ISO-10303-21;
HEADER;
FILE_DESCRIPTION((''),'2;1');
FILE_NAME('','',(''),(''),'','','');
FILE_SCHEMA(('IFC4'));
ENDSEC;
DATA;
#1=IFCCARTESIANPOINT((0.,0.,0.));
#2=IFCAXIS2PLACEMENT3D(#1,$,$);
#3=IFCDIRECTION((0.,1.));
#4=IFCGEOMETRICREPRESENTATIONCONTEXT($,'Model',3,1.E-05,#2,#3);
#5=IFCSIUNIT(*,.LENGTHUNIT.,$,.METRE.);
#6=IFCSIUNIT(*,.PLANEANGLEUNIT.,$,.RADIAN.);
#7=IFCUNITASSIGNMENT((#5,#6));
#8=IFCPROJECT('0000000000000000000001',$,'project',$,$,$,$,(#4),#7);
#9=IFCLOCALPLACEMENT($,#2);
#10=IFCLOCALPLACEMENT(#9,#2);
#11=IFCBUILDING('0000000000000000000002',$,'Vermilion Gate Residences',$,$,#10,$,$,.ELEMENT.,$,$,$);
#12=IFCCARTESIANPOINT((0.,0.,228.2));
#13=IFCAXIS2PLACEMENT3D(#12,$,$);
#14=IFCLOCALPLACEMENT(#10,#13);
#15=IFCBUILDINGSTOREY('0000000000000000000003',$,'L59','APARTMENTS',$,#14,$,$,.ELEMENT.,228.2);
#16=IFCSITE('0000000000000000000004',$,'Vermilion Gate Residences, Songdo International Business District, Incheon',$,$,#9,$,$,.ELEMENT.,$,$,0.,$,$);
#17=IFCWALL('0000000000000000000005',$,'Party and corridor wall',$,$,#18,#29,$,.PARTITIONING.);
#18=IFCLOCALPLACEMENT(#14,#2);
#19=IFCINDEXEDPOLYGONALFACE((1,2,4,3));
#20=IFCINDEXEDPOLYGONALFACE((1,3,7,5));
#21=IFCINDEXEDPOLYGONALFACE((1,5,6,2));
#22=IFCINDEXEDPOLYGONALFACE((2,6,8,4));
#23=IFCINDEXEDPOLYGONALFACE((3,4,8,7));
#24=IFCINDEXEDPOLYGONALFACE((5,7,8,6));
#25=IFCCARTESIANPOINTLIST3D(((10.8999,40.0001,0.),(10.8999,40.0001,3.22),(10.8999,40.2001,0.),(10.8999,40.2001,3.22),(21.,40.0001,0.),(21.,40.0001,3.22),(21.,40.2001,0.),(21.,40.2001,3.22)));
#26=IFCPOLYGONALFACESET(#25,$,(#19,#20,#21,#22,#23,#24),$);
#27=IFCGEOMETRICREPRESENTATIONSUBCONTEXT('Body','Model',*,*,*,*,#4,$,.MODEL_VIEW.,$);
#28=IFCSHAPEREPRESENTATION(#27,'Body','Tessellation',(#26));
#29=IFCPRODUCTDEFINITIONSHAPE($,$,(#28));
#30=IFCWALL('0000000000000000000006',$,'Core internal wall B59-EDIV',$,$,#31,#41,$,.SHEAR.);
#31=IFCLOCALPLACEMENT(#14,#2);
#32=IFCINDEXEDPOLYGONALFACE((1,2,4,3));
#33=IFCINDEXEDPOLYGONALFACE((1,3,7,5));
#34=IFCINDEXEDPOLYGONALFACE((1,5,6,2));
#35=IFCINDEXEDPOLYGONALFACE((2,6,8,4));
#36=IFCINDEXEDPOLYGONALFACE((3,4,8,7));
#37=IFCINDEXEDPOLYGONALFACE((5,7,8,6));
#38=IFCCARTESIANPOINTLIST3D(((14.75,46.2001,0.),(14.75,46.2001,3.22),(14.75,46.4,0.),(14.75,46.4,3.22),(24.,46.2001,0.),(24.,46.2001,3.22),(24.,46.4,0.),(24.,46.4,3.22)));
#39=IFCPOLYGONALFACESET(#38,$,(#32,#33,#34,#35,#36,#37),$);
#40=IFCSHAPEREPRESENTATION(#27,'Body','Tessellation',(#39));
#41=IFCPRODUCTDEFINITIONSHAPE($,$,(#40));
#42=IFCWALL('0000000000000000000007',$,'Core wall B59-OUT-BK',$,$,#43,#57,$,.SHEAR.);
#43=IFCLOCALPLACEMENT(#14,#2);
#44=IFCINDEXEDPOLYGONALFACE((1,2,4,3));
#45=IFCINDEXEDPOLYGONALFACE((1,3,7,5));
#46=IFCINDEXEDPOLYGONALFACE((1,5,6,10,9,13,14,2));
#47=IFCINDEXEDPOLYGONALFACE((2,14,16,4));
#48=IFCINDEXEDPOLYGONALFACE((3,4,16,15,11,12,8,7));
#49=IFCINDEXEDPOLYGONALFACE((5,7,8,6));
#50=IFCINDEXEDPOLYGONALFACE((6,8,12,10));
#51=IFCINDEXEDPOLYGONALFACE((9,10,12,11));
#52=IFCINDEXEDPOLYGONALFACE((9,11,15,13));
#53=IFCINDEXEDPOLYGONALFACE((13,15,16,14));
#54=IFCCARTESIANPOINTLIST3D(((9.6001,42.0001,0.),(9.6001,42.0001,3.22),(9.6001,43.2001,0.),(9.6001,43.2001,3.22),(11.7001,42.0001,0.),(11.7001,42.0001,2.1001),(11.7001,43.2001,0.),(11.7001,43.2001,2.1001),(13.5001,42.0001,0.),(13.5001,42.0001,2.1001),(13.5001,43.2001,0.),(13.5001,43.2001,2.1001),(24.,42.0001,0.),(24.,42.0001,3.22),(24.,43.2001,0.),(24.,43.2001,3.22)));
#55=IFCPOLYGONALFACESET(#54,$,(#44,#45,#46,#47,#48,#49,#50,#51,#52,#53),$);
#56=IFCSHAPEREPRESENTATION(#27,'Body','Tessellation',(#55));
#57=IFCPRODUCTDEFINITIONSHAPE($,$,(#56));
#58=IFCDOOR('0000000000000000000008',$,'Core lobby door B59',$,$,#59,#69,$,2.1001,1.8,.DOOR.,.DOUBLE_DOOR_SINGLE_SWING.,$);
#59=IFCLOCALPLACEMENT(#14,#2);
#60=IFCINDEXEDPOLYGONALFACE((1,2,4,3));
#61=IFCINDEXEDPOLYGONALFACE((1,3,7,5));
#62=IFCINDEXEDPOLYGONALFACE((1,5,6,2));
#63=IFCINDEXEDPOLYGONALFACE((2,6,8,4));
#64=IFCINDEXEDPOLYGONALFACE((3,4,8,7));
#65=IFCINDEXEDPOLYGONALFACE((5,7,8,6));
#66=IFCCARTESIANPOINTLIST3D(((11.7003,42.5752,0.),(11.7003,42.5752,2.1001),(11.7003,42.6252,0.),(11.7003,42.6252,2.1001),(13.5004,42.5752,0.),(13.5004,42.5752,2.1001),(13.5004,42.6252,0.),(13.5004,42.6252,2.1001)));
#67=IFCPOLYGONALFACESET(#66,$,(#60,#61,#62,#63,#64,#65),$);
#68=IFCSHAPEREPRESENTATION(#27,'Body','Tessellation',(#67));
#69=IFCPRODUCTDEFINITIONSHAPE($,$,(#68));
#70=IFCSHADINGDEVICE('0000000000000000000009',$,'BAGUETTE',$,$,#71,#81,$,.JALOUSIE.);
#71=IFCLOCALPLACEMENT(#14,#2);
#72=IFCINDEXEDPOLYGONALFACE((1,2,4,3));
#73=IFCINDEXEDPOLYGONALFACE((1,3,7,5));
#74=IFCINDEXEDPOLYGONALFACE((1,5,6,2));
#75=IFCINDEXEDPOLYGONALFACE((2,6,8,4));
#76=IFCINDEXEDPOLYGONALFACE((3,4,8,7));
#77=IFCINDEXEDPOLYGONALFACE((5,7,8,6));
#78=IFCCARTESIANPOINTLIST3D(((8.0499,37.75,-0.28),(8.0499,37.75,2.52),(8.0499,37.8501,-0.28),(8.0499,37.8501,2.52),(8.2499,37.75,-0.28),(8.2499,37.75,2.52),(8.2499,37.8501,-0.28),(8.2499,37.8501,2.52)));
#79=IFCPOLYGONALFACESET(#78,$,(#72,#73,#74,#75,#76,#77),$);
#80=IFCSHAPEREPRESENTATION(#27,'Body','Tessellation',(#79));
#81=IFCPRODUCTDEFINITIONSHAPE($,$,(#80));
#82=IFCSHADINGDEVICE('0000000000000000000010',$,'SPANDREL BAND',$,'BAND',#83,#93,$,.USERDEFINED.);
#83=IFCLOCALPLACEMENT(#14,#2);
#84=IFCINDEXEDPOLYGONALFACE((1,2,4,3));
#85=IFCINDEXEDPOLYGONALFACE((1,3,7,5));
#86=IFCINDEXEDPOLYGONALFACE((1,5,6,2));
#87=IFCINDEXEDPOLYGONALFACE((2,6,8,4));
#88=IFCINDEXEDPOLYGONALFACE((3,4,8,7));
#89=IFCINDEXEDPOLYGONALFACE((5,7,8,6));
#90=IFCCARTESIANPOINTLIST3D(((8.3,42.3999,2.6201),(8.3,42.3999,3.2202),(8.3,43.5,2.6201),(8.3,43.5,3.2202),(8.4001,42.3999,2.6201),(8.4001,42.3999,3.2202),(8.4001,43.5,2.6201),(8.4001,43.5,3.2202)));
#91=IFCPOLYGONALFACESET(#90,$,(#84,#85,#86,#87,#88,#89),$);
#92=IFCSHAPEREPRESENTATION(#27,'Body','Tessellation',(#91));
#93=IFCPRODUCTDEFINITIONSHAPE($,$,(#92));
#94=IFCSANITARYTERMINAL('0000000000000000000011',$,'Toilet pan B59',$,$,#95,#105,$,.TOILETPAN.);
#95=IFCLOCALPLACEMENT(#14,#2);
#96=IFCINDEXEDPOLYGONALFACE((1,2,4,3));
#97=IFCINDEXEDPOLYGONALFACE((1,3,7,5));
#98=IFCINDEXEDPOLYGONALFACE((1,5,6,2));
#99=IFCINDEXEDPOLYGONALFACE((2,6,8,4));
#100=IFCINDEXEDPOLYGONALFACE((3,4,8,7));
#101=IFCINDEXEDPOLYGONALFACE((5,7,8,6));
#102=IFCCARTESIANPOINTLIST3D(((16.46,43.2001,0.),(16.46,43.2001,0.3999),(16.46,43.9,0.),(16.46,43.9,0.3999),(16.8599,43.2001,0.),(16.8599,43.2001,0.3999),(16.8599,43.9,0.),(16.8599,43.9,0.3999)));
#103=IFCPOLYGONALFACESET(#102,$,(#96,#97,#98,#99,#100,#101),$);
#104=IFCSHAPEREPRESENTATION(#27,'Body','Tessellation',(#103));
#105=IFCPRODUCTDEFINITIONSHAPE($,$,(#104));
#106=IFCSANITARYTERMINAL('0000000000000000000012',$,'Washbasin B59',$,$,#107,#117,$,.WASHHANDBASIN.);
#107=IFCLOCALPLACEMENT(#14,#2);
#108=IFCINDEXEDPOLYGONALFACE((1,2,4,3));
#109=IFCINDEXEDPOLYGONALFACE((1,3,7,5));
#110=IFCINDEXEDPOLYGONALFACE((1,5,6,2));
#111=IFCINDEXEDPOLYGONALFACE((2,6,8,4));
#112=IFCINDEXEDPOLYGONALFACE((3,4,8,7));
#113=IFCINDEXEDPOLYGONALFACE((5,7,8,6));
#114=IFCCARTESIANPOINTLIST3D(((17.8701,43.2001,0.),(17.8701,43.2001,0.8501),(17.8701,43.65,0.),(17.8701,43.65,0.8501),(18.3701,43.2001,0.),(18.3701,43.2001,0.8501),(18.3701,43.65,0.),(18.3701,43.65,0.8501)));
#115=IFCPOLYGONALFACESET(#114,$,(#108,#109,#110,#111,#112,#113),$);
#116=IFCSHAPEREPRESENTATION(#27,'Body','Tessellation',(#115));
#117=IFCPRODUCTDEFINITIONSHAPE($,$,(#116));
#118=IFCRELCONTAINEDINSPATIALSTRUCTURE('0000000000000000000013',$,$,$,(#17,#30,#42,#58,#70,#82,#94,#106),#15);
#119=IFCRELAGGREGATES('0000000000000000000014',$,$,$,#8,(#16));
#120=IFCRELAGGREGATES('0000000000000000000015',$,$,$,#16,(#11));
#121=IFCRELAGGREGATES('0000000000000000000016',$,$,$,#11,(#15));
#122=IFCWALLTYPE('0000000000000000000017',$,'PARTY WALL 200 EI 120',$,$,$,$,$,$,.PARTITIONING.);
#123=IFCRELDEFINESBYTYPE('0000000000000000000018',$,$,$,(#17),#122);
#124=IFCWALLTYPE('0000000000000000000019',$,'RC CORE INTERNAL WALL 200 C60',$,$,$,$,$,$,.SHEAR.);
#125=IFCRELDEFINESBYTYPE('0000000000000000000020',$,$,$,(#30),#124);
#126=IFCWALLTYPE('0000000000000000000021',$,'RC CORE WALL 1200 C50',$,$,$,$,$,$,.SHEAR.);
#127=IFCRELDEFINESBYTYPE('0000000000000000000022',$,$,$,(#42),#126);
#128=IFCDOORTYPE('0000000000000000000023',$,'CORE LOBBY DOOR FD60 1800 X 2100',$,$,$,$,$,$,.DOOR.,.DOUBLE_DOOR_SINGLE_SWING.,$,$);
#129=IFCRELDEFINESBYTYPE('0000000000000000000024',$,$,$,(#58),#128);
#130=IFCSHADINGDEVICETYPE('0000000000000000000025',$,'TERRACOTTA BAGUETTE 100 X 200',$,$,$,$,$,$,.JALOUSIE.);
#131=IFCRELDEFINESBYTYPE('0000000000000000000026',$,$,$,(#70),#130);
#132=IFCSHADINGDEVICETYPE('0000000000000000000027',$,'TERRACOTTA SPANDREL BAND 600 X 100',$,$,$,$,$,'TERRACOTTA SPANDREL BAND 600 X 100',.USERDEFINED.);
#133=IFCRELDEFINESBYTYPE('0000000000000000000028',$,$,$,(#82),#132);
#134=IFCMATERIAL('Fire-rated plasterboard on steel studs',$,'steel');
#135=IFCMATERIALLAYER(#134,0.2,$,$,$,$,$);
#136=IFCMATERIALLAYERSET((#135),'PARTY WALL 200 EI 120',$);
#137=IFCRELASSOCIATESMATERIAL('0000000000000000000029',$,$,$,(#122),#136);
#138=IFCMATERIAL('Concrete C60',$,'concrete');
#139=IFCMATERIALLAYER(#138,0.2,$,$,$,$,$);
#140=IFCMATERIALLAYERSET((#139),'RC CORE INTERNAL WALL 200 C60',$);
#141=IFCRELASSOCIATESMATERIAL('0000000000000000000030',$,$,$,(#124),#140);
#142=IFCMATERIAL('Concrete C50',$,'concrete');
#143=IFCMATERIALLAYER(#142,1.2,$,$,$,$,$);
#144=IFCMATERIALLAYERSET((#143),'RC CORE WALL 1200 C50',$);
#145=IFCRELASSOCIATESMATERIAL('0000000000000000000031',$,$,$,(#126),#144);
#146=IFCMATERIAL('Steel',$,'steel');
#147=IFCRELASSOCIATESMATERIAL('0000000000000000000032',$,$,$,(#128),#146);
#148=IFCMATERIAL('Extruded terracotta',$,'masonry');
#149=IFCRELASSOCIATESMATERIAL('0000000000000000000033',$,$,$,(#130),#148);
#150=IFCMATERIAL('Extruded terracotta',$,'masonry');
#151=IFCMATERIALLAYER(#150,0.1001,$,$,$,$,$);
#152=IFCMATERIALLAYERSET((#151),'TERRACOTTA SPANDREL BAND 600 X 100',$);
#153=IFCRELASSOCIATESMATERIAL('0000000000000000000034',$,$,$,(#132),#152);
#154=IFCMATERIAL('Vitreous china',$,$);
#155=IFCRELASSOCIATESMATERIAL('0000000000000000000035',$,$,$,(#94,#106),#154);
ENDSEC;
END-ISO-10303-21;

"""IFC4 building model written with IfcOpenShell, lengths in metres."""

from ifc_helpers import new_model, si_unit, direction, frame, frame_2d, origin, origin_2d, place, context, subcontext, project, spatial, rectangle, extrude, material, layer, layer_set, material_profile, profile_set, type_object, element, fill, save


model = new_model("IFC4")

# Units and contexts
model_context = context("Model", 3, precision=1e-05, world=origin(), true_north=direction((0.0, 1.0)))
body_context = subcontext(model_context, "Body", "Model", "MODEL_VIEW")
ifc_project = project(units=[si_unit("LENGTHUNIT", "METRE"), si_unit("PLANEANGLEUNIT", "RADIAN")], contexts=[model_context])

# Site, building, storey
site_placement = place(None, origin())
site = spatial("IfcSite", under=ifc_project, at=site_placement, Name="Vermilion Gate Residences, Songdo International Business District, Incheon", CompositionType="ELEMENT", RefElevation=0.0)
building_placement = place(site_placement, origin())
building = spatial("IfcBuilding", under=site, at=building_placement, Name="Vermilion Gate Residences", CompositionType="ELEMENT")
storey_placement = place(building_placement, frame((0.0, 0.0, 228.2)))
storey = spatial("IfcBuildingStorey", under=building, at=storey_placement, Name="L59", Description="APARTMENTS", CompositionType="ELEMENT", Elevation=228.2)

# Walls
ifc_material_1 = material(Name="Fire-rated plasterboard on steel studs", Category="steel")
ifc_layer_1 = layer(ifc_material_1, 0.2)
ifc_layer_set_1 = layer_set([ifc_layer_1], Name="PARTY WALL 200 EI 120")
wall_type_1 = type_object("IfcWallType", Name="PARTY WALL 200 EI 120", PredefinedType="PARTITIONING", material=ifc_layer_set_1)
wall_1_placement = place(storey_placement, frame((10.8999, 40.1001, 0.0), z_axis=(0.0, 0.0, 1.0), x_axis=(1.0, 0.0, 0.0)))
element("IfcWall", 1, at=wall_1_placement, inside=storey, type_object=wall_type_1, Name="Party and corridor wall", PredefinedType="PARTITIONING", context=body_context, shape_type="SweptSolid", body=[
    extrude(rectangle(XDim=10.1001, YDim=0.2, at=frame_2d((5.05, 0.0))), origin(), (0.0, 0.0, 1.0), 3.22),
])
ifc_material_2 = material(Name="Concrete C60", Category="concrete")
ifc_layer_2 = layer(ifc_material_2, 0.2)
ifc_layer_set_2 = layer_set([ifc_layer_2], Name="RC CORE INTERNAL WALL 200 C60")
wall_type_2 = type_object("IfcWallType", Name="RC CORE INTERNAL WALL 200 C60", PredefinedType="SHEAR", material=ifc_layer_set_2)
wall_2_placement = place(storey_placement, frame((14.75, 46.3, 0.0), z_axis=(0.0, 0.0, 1.0), x_axis=(1.0, 0.0, 0.0)))
element("IfcWall", 2, at=wall_2_placement, inside=storey, type_object=wall_type_2, Name="Core internal wall B59-EDIV", PredefinedType="SHEAR", context=body_context, shape_type="SweptSolid", body=[
    extrude(rectangle(XDim=9.25, YDim=0.2, at=frame_2d((4.625, 0.0))), origin(), (0.0, 0.0, 1.0), 3.22),
])

# Wall, opening, door
ifc_material_3 = material(Name="Concrete C50", Category="concrete")
ifc_layer_3 = layer(ifc_material_3, 1.2)
ifc_layer_set_3 = layer_set([ifc_layer_3], Name="RC CORE WALL 1200 C50")
wall_type_3 = type_object("IfcWallType", Name="RC CORE WALL 1200 C50", PredefinedType="SHEAR", material=ifc_layer_set_3)
wall_3_placement = place(storey_placement, frame((9.6001, 42.6001, 0.0), z_axis=(0.0, 0.0, 1.0), x_axis=(1.0, 0.0, 0.0)))
wall_3 = element("IfcWall", 3, at=wall_3_placement, inside=storey, type_object=wall_type_3, Name="Core wall B59-OUT-BK", PredefinedType="SHEAR", context=body_context, shape_type="SweptSolid", body=[
    extrude(rectangle(XDim=14.3999, YDim=1.2, at=frame_2d((7.2, 0.0))), origin(), (0.0, 0.0, 1.0), 3.22),
])
opening_1_placement = place(wall_3_placement, frame((2.1001, 0.0, 0.0)))
opening_1 = element("IfcOpeningElement", 4, at=opening_1_placement, cuts=wall_3, PredefinedType="OPENING", context=body_context, shape_type="SweptSolid", body=[
    extrude(rectangle(XDim=1.8, YDim=2.1001, at=frame_2d((0.8999, 1.05))), frame((0.0, 0.6099, 0.0), z_axis=(0.0, -1.0, 0.0), x_axis=(1.0, 0.0, 0.0)), (0.0, 0.0, 1.0), 1.22),
])
ifc_material_4 = material(Name="Steel", Category="steel")
door_type_1 = type_object("IfcDoorType", Name="CORE LOBBY DOOR FD60 1800 X 2100", OperationType="DOUBLE_DOOR_SINGLE_SWING", PredefinedType="DOOR", material=ifc_material_4)
door_1_placement = place(opening_1_placement, frame((1.8, 0.0, 0.0), z_axis=(0.0, 0.0, 1.0), x_axis=(-1.0, 0.0, 0.0)))
door_1 = element("IfcDoor", 5, at=door_1_placement, inside=storey, type_object=door_type_1, Name="Core lobby door B59", OperationType="DOUBLE_DOOR_SINGLE_SWING", OverallHeight=2.1001, OverallWidth=1.8, PredefinedType="DOOR", context=body_context, shape_type="SweptSolid", body=[
    extrude(rectangle(XDim=1.8, YDim=2.1001, at=frame_2d((0.8999, 1.05))), frame((0.0, 0.0249, 0.0), z_axis=(0.0, -1.0, 0.0), x_axis=(1.0, 0.0, 0.0)), (0.0, 0.0, 1.0), 0.05),
])
fill(opening_1, door_1)

# Shading devices
ifc_material_5 = material(Name="Extruded terracotta", Category="masonry")
ifc_material_profile = material_profile(ifc_material_5, rectangle(XDim=0.2, YDim=0.1001, at=origin_2d()), Name="BAGUETTE 100 X 200")
ifc_profile_set = profile_set([ifc_material_profile], Name="Extruded terracotta")
shading_device_type_1 = type_object("IfcShadingDeviceType", Name="TERRACOTTA BAGUETTE 100 X 200", PredefinedType="JALOUSIE", material=ifc_profile_set)
shading_device_1_placement = place(storey_placement, frame((8.1499, 37.8, -0.28), z_axis=(0.0, 0.0, 1.0), x_axis=(1.0, 0.0, 0.0)))
element("IfcShadingDevice", 6, at=shading_device_1_placement, inside=storey, type_object=shading_device_type_1, Name="BAGUETTE", PredefinedType="JALOUSIE", context=body_context, shape_type="SweptSolid", body=[
    extrude(rectangle(XDim=0.2, YDim=0.1001, at=origin_2d()), origin(), (0.0, 0.0, 1.0), 2.8),
])
ifc_material_6 = material(Name="Extruded terracotta", Category="masonry")
ifc_layer_4 = layer(ifc_material_6, 0.1001)
ifc_layer_set_4 = layer_set([ifc_layer_4], Name="TERRACOTTA SPANDREL BAND 600 X 100")
shading_device_type_2 = type_object("IfcShadingDeviceType", Name="TERRACOTTA SPANDREL BAND 600 X 100", ElementType="TERRACOTTA SPANDREL BAND 600 X 100", PredefinedType="USERDEFINED", material=ifc_layer_set_4)
shading_device_2_placement = place(storey_placement, frame((8.3501, 42.95, 2.6201), z_axis=(0.0, 0.0, 1.0), x_axis=(0.0, 1.0, 0.0)))
element("IfcShadingDevice", 7, at=shading_device_2_placement, inside=storey, type_object=shading_device_type_2, Name="SPANDREL BAND", ObjectType="BAND", PredefinedType="USERDEFINED", context=body_context, shape_type="SweptSolid", body=[
    extrude(rectangle(XDim=1.1001, YDim=0.1001, at=origin_2d()), origin(), (0.0, 0.0, 1.0), 0.6001),
])

# Sanitary terminals
ifc_material_7 = material(Name="Vitreous china")
sanitary_terminal_1_placement = place(storey_placement, frame((16.6599, 43.55, 0.0), z_axis=(0.0, 0.0, 1.0), x_axis=(1.0, 0.0, 0.0)))
element("IfcSanitaryTerminal", 8, at=sanitary_terminal_1_placement, inside=storey, material=ifc_material_7, Name="Toilet pan B59", PredefinedType="TOILETPAN", context=body_context, shape_type="SweptSolid", body=[
    extrude(rectangle(XDim=0.3999, YDim=0.7, at=origin_2d()), origin(), (0.0, 0.0, 1.0), 0.3999),
])
sanitary_terminal_2_placement = place(storey_placement, frame((18.1201, 43.425, 0.0), z_axis=(0.0, 0.0, 1.0), x_axis=(1.0, 0.0, 0.0)))
element("IfcSanitaryTerminal", 9, at=sanitary_terminal_2_placement, inside=storey, material=ifc_material_7, Name="Washbasin B59", PredefinedType="WASHHANDBASIN", context=body_context, shape_type="SweptSolid", body=[
    extrude(rectangle(XDim=0.5, YDim=0.45, at=origin_2d()), origin(), (0.0, 0.0, 1.0), 0.8501),
])

save(model, "model.ifc")
